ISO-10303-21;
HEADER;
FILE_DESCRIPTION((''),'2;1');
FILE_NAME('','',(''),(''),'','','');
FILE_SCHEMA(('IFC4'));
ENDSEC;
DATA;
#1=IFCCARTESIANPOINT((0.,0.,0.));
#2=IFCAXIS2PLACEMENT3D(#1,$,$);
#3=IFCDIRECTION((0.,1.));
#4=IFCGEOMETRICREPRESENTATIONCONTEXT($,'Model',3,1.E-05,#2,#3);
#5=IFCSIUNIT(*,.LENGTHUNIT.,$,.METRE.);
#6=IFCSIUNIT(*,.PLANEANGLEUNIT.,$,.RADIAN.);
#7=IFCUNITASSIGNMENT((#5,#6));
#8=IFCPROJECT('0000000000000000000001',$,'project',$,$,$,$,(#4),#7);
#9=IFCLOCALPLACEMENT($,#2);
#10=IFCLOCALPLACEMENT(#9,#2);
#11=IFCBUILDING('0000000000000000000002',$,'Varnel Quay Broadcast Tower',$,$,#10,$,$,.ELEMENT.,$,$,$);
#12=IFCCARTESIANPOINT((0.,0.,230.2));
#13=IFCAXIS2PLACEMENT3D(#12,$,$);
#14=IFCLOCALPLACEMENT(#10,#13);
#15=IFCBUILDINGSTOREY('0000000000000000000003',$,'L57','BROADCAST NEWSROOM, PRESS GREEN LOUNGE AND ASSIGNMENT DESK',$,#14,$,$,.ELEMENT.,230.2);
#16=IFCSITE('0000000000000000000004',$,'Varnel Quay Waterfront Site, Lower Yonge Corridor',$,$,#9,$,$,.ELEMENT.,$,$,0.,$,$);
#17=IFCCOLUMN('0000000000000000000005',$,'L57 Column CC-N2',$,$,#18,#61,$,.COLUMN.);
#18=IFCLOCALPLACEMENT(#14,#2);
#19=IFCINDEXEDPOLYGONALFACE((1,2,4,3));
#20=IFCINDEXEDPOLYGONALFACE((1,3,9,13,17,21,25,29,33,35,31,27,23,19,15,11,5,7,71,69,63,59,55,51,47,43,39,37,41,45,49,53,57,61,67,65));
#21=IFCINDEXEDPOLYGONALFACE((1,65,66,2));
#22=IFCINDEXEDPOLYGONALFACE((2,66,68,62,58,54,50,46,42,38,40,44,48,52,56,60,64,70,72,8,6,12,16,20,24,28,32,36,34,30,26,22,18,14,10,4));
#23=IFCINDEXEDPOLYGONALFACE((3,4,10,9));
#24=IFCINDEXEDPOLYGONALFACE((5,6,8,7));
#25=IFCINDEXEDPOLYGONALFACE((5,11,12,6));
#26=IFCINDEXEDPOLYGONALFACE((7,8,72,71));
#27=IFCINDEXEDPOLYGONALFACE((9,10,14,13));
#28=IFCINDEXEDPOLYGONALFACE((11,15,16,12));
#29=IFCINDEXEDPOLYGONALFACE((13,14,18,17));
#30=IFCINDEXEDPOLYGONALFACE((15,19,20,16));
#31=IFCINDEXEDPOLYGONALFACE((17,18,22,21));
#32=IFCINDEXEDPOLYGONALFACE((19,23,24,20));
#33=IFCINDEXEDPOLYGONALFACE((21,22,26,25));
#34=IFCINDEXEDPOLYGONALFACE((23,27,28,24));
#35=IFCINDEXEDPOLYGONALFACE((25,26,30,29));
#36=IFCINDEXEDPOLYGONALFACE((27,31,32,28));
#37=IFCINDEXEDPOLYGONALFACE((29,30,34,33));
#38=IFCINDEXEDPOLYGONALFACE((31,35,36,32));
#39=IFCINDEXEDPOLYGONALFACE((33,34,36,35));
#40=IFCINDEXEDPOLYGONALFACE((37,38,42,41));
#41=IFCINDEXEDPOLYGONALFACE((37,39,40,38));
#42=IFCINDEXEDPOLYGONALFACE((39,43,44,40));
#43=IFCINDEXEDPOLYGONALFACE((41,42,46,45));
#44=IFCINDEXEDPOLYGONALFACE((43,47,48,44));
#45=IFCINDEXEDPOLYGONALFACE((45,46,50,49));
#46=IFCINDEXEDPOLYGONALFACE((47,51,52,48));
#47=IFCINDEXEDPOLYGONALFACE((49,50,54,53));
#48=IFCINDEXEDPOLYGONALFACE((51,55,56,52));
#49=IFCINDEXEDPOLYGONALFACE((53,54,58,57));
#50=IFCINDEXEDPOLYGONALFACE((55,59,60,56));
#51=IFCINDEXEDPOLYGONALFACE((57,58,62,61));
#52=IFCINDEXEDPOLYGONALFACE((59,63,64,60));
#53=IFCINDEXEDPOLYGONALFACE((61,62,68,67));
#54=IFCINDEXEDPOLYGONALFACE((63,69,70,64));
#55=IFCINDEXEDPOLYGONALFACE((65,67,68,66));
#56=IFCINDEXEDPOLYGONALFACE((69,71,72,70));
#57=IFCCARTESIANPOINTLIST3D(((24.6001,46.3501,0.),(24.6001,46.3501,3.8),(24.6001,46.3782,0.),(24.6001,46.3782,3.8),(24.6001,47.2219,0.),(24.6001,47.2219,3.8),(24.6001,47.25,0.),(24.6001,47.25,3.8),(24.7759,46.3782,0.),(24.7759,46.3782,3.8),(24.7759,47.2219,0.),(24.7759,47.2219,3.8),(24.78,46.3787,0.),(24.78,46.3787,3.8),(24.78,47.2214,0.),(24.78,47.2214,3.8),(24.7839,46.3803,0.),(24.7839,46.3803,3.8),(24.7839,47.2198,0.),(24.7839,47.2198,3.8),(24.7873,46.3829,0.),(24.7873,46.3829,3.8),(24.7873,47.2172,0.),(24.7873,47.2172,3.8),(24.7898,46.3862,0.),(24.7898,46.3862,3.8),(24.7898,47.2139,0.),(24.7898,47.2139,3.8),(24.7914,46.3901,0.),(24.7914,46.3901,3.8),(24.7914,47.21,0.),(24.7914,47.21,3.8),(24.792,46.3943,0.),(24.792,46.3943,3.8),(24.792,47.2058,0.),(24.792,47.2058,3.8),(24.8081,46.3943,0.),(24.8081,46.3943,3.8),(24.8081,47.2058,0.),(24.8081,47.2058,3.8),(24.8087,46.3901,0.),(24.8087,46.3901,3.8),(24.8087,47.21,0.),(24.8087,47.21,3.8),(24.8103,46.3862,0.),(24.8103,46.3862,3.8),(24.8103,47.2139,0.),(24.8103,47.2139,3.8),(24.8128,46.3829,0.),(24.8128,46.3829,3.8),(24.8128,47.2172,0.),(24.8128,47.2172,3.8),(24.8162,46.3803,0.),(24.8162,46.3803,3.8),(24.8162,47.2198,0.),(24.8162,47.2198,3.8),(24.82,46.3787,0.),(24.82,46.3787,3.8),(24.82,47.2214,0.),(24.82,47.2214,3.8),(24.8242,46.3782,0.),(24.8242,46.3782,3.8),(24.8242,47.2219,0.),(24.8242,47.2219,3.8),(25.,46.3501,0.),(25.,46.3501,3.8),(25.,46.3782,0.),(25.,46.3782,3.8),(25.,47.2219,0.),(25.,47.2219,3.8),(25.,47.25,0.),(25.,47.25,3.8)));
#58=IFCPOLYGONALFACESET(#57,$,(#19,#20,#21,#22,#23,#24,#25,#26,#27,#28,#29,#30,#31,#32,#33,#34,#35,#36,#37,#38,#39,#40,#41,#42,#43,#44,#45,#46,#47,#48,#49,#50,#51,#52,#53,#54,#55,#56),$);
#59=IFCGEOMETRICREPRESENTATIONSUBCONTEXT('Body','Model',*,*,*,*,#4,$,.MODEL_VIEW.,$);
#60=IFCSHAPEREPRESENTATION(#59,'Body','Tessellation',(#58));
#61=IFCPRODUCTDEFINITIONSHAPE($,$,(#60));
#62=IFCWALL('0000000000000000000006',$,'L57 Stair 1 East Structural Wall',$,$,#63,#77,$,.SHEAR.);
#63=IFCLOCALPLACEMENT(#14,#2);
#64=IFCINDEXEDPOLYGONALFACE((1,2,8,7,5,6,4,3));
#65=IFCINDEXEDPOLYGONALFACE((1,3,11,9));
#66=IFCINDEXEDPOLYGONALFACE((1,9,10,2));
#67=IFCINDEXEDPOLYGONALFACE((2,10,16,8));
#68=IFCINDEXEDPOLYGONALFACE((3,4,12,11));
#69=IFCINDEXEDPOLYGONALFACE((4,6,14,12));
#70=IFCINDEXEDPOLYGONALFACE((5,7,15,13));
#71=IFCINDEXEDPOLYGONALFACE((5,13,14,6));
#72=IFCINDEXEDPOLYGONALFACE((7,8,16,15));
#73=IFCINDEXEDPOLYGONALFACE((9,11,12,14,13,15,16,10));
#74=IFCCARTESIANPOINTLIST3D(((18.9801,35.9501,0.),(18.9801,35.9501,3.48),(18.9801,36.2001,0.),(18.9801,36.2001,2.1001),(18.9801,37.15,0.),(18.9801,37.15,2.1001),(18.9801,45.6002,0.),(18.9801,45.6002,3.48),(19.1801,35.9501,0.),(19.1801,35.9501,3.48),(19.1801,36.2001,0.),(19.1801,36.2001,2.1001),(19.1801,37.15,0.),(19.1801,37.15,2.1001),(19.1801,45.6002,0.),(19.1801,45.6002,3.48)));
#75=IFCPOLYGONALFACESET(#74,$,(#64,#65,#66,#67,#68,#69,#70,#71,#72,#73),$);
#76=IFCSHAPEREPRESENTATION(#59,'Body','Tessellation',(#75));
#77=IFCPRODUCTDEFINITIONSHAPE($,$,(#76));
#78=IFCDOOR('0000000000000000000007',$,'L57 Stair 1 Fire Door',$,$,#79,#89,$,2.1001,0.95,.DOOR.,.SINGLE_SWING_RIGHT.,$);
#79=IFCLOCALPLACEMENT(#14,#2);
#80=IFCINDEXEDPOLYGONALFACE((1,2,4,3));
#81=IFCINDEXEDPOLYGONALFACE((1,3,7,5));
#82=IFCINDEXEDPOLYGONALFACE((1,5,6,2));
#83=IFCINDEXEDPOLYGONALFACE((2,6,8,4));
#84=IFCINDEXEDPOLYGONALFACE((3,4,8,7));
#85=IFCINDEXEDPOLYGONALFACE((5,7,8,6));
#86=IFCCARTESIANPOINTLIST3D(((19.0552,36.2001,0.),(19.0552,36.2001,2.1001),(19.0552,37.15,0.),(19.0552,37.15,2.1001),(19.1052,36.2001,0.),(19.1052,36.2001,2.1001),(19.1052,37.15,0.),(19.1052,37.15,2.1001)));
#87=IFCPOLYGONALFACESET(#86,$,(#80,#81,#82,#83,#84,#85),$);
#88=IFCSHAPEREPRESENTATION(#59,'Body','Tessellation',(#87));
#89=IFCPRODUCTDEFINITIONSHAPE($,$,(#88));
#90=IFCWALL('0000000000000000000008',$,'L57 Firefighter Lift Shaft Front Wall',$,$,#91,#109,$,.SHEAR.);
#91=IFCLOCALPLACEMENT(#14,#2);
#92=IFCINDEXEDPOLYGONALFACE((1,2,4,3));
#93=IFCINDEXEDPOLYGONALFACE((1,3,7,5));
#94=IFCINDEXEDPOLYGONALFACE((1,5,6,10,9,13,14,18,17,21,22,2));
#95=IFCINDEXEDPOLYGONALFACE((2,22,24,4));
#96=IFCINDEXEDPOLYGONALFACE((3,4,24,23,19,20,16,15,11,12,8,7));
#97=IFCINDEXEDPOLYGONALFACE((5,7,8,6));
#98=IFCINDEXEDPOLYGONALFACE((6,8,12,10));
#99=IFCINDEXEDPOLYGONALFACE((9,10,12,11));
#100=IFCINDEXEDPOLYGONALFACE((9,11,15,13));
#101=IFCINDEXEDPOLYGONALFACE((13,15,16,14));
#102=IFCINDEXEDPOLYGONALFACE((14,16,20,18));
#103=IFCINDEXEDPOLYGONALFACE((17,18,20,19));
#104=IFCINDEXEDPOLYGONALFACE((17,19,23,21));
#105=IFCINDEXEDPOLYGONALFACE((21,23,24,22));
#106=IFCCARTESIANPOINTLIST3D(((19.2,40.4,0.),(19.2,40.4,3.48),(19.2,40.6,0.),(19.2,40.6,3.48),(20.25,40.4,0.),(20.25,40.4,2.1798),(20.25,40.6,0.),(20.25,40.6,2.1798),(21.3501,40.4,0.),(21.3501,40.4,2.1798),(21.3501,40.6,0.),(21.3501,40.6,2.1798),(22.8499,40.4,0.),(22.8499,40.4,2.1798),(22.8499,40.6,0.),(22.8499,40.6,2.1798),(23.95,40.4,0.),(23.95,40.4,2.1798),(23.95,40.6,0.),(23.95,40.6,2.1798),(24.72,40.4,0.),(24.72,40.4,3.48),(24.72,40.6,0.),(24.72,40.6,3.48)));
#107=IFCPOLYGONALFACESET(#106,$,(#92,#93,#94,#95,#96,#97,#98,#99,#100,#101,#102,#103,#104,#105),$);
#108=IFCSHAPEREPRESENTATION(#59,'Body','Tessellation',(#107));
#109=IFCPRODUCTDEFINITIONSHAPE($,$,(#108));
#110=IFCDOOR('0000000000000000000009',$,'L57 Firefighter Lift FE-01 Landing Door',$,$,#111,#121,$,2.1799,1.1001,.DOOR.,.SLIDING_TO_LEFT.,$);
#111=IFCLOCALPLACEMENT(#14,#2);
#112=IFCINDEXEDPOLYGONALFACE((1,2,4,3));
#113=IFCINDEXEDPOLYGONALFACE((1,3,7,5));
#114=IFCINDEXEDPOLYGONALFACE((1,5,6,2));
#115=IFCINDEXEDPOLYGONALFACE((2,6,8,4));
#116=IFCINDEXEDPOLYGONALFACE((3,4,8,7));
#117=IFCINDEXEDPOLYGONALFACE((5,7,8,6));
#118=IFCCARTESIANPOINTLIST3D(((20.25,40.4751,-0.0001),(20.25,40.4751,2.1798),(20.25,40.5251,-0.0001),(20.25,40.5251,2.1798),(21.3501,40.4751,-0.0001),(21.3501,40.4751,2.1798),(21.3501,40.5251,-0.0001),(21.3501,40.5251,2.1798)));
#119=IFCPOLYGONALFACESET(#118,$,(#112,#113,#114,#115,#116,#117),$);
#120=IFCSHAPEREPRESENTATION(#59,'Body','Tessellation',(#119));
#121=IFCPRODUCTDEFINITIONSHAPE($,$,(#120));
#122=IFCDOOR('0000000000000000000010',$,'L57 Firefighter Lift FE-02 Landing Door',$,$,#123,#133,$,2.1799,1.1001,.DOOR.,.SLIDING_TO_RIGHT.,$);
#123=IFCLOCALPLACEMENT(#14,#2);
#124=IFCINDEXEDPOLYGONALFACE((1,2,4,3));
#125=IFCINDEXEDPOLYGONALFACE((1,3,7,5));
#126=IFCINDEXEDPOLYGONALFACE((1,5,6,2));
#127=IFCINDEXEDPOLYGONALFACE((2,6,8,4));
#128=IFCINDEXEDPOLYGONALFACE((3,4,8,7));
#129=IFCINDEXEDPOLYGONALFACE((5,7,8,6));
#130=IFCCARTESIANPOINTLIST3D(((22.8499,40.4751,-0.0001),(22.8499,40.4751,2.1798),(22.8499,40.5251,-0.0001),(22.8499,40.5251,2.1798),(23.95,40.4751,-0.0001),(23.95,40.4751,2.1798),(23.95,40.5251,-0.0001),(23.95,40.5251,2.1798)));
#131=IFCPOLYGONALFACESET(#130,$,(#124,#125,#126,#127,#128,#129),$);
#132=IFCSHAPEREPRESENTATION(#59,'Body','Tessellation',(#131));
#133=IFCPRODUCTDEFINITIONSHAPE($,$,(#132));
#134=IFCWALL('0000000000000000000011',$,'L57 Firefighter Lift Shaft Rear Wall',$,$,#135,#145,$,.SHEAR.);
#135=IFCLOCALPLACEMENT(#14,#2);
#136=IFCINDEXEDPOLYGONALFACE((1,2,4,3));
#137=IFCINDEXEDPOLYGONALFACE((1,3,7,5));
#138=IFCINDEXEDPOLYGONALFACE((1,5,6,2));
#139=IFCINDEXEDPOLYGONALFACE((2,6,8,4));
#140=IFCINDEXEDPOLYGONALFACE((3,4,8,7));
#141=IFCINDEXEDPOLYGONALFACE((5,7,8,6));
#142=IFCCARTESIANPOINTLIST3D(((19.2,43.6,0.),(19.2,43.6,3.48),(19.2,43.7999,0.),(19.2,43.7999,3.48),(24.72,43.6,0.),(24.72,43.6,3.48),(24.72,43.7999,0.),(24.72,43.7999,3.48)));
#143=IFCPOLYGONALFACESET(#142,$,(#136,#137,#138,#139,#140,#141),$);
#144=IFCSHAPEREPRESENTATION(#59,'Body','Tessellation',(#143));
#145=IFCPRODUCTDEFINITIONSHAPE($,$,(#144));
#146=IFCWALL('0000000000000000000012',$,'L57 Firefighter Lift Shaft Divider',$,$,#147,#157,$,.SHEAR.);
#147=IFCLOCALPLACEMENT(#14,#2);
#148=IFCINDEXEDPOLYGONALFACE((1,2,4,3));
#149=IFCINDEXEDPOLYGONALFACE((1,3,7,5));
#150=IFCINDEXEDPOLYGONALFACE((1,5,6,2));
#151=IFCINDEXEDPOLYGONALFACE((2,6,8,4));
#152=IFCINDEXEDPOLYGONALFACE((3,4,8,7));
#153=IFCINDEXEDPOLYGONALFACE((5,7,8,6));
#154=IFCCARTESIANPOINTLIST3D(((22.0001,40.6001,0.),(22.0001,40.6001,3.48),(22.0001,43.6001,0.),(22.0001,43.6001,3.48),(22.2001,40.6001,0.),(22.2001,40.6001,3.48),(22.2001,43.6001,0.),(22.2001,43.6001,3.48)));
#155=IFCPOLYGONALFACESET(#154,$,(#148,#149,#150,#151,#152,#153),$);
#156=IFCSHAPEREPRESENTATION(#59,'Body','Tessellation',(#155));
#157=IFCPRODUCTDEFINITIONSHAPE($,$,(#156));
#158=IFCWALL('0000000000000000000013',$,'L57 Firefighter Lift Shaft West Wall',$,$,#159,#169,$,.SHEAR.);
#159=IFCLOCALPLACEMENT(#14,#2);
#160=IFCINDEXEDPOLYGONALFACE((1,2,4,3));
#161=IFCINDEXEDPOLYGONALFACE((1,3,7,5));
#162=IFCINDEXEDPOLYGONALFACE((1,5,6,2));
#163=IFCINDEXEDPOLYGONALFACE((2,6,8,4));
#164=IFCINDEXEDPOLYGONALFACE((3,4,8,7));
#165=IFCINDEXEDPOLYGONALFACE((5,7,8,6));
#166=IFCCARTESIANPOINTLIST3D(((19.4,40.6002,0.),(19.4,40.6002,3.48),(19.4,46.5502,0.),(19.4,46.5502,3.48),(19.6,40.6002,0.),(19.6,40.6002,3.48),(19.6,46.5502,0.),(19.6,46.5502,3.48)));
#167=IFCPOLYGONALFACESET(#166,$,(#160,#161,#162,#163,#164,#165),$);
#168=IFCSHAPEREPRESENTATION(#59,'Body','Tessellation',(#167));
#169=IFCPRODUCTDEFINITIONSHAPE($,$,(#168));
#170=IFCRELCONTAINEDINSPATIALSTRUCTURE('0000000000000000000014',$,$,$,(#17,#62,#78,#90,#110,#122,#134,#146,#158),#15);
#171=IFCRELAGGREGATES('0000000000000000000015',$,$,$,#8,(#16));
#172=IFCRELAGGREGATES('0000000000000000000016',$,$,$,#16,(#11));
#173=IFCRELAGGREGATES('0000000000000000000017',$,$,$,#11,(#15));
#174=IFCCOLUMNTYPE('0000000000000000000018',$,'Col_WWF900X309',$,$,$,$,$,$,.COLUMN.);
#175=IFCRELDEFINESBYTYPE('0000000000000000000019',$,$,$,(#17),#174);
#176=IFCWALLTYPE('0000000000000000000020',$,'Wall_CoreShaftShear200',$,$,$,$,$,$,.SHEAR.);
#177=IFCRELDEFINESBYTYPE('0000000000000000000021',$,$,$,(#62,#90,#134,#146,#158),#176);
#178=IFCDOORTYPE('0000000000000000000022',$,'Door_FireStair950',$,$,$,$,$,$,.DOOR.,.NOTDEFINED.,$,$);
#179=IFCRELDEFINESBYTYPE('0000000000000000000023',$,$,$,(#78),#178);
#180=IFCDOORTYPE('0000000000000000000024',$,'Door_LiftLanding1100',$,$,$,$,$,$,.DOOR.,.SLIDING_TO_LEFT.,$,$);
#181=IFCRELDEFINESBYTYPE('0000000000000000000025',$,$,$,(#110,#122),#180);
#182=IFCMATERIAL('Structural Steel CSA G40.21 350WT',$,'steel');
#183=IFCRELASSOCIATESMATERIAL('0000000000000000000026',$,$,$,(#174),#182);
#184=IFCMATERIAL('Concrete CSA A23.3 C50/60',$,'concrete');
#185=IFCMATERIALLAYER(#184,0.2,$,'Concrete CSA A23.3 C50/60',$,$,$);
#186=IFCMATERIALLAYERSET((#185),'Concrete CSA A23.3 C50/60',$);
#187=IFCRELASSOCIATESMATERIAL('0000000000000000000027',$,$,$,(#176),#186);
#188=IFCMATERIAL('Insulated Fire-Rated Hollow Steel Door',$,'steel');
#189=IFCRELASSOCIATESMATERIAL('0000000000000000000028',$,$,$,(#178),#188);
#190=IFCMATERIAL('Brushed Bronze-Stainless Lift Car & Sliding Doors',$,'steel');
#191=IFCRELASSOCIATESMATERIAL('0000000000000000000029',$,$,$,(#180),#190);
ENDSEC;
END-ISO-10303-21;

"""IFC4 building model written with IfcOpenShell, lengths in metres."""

from ifc_helpers import new_model, si_unit, direction, frame, frame_2d, origin, origin_2d, place, context, subcontext, project, spatial, rectangle, i_section, extrude, source, transform, mapped, material, layer, layer_set, material_profile, profile_set, type_object, type_shapes, element, fill, save


model = new_model("IFC4")

# Units and contexts
model_context = context("Model", 3, precision=1e-05, world=origin(), true_north=direction((0.0, 1.0)))
body_context = subcontext(model_context, "Body", "Model", "MODEL_VIEW")
ifc_project = project(units=[si_unit("LENGTHUNIT", "METRE"), si_unit("PLANEANGLEUNIT", "RADIAN")], contexts=[model_context])

# Site, building, storey
site_placement = place(None, origin())
site = spatial("IfcSite", under=ifc_project, at=site_placement, Name="Varnel Quay Waterfront Site, Lower Yonge Corridor", CompositionType="ELEMENT", RefElevation=0.0)
building_placement = place(site_placement, origin())
building = spatial("IfcBuilding", under=site, at=building_placement, Name="Varnel Quay Broadcast Tower", CompositionType="ELEMENT")
storey_placement = place(building_placement, frame((0.0, 0.0, 230.2)))
storey = spatial("IfcBuildingStorey", under=building, at=storey_placement, Name="L57", Description="BROADCAST NEWSROOM, PRESS GREEN LOUNGE AND ASSIGNMENT DESK", CompositionType="ELEMENT", Elevation=230.2)

# Column
ifc_material_1 = material(Name="Structural Steel CSA G40.21 350WT", Category="steel")
ifc_material_profile = material_profile(ifc_material_1, i_section(OverallWidth=0.3999, OverallDepth=0.8999, WebThickness=0.0161, FlangeThickness=0.0281, FilletRadius=0.0161, at=origin_2d()), Name="WWF900X309")
ifc_profile_set = profile_set([ifc_material_profile], Name="Structural Steel CSA G40.21 350WT")
column_type = type_object("IfcColumnType", Name="Col_WWF900X309", PredefinedType="COLUMN", material=ifc_profile_set)
shared_shape_1 = source(origin(), body_context, "Body", "SweptSolid", [
    extrude(i_section(OverallWidth=0.3999, OverallDepth=0.8999, WebThickness=0.0161, FlangeThickness=0.0281, FilletRadius=0.0161, at=origin_2d()), origin(), (0.0, 0.0, 1.0), 3.8),
])
type_shapes(column_type, [shared_shape_1])
column_placement = place(storey_placement, frame((24.8, 46.8, 0.0), z_axis=(0.0, 0.0, 1.0), x_axis=(1.0, 0.0, 0.0)))
element("IfcColumn", 1, at=column_placement, inside=storey, type_object=column_type, Name="L57 Column CC-N2", PredefinedType="COLUMN", context=body_context, shape_type="MappedRepresentation", body=[
    mapped(shared_shape_1, transform((0.0, 0.0, 0.0), x_axis=(1.0, 0.0, 0.0), y_axis=(0.0, 1.0, 0.0), z_axis=(0.0, 0.0, 1.0), scale=1.0)),
])

# Wall, opening, door
ifc_material_2 = material(Name="Concrete CSA A23.3 C50/60", Category="concrete")
ifc_layer_1 = layer(ifc_material_2, 0.2, Name="Concrete CSA A23.3 C50/60")
ifc_layer_set_1 = layer_set([ifc_layer_1], Name="Concrete CSA A23.3 C50/60")
wall_type_1 = type_object("IfcWallType", Name="Wall_CoreShaftShear200", PredefinedType="SHEAR", material=ifc_layer_set_1)
wall_1_placement = place(storey_placement, frame((19.0801, 35.95, 0.0), z_axis=(0.0, 0.0, 1.0), x_axis=(0.0, 1.0, 0.0)))
wall_1 = element("IfcWall", 2, at=wall_1_placement, inside=storey, type_object=wall_type_1, Name="L57 Stair 1 East Structural Wall", PredefinedType="SHEAR", context=body_context, shape_type="SweptSolid", body=[
    extrude(rectangle(XDim=9.6501, YDim=0.2, at=frame_2d((4.8252, 0.0))), origin(), (0.0, 0.0, 1.0), 3.48),
])
opening_1_placement = place(wall_1_placement, frame((0.25, 0.0, 0.0)))
opening_1 = element("IfcOpeningElement", 3, at=opening_1_placement, cuts=wall_1, PredefinedType="OPENING", context=body_context, shape_type="SweptSolid", body=[
    extrude(rectangle(XDim=0.95, YDim=2.1001, at=frame_2d((0.4751, 1.05))), frame((0.0, 0.1099, 0.0), z_axis=(0.0, -1.0, 0.0), x_axis=(1.0, 0.0, 0.0)), (0.0, 0.0, 1.0), 0.22),
])
ifc_material_3 = material(Name="Insulated Fire-Rated Hollow Steel Door", Category="steel")
door_type_1 = type_object("IfcDoorType", Name="Door_FireStair950", OperationType="NOTDEFINED", PredefinedType="DOOR", material=ifc_material_3)
shared_shape_2 = source(origin(), body_context, "Body", "SweptSolid", [
    extrude(rectangle(XDim=0.95, YDim=2.1001, at=frame_2d((0.4751, 1.05))), frame((0.0, 0.0249, 0.0), z_axis=(0.0, -1.0, 0.0), x_axis=(1.0, 0.0, 0.0)), (0.0, 0.0, 1.0), 0.05),
])
type_shapes(door_type_1, [shared_shape_2])
door_1_placement = place(opening_1_placement, origin())
door_1 = element("IfcDoor", 4, at=door_1_placement, inside=storey, type_object=door_type_1, Name="L57 Stair 1 Fire Door", OperationType="SINGLE_SWING_RIGHT", OverallHeight=2.1001, OverallWidth=0.95, PredefinedType="DOOR", context=body_context, shape_type="MappedRepresentation", body=[
    mapped(shared_shape_2, transform((0.0, 0.0, 0.0), x_axis=(1.0, 0.0, 0.0), y_axis=(0.0, 1.0, 0.0), z_axis=(0.0, 0.0, 1.0), scale=1.0)),
])
fill(opening_1, door_1)

# Wall, openings, doors
wall_2_placement = place(storey_placement, frame((19.2, 40.5, 0.0), z_axis=(0.0, 0.0, 1.0), x_axis=(1.0, 0.0, 0.0)))
wall_2 = element("IfcWall", 5, at=wall_2_placement, inside=storey, type_object=wall_type_1, Name="L57 Firefighter Lift Shaft Front Wall", PredefinedType="SHEAR", context=body_context, shape_type="SweptSolid", body=[
    extrude(rectangle(XDim=5.52, YDim=0.2, at=frame_2d((2.76, 0.0))), origin(), (0.0, 0.0, 1.0), 3.48),
])
opening_2_placement = place(wall_2_placement, frame((1.05, 0.0, 0.0)))
opening_2 = element("IfcOpeningElement", 6, at=opening_2_placement, cuts=wall_2, PredefinedType="OPENING", context=body_context, shape_type="SweptSolid", body=[
    extrude(rectangle(XDim=1.1001, YDim=2.1799, at=frame_2d((0.55, 1.0898))), frame((0.0, 0.1099, 0.0), z_axis=(0.0, -1.0, 0.0), x_axis=(1.0, 0.0, 0.0)), (0.0, 0.0, 1.0), 0.22),
])
opening_3_placement = place(wall_2_placement, frame((3.6499, 0.0, 0.0)))
opening_3 = element("IfcOpeningElement", 7, at=opening_3_placement, cuts=wall_2, PredefinedType="OPENING", context=body_context, shape_type="SweptSolid", body=[
    extrude(rectangle(XDim=1.1001, YDim=2.1799, at=frame_2d((0.55, 1.0898))), frame((0.0, 0.1099, 0.0), z_axis=(0.0, -1.0, 0.0), x_axis=(1.0, 0.0, 0.0)), (0.0, 0.0, 1.0), 0.22),
])
ifc_material_4 = material(Name="Brushed Bronze-Stainless Lift Car & Sliding Doors", Category="steel")
door_type_2 = type_object("IfcDoorType", Name="Door_LiftLanding1100", OperationType="SLIDING_TO_LEFT", PredefinedType="DOOR", material=ifc_material_4)
shared_shape_3 = source(origin(), body_context, "Body", "SweptSolid", [
    extrude(rectangle(XDim=1.1001, YDim=2.1799, at=frame_2d((0.55, 1.0898))), frame((0.0, 0.0249, 0.0), z_axis=(0.0, -1.0, 0.0), x_axis=(1.0, 0.0, 0.0)), (0.0, 0.0, 1.0), 0.05),
])
type_shapes(door_type_2, [shared_shape_3])
door_2_placement = place(opening_2_placement, frame((1.1001, 0.0, 0.0), z_axis=(0.0, 0.0, 1.0), x_axis=(-1.0, 0.0, 0.0)))
door_2 = element("IfcDoor", 8, at=door_2_placement, inside=storey, type_object=door_type_2, Name="L57 Firefighter Lift FE-01 Landing Door", OperationType="SLIDING_TO_LEFT", OverallHeight=2.1799, OverallWidth=1.1001, PredefinedType="DOOR", context=body_context, shape_type="MappedRepresentation", body=[
    mapped(shared_shape_3, transform((0.0, 0.0, 0.0), x_axis=(1.0, 0.0, 0.0), y_axis=(0.0, 1.0, 0.0), z_axis=(0.0, 0.0, 1.0), scale=1.0)),
])
fill(opening_2, door_2)
door_3_placement = place(opening_3_placement, frame((1.1001, 0.0, 0.0), z_axis=(0.0, 0.0, 1.0), x_axis=(-1.0, 0.0, 0.0)))
door_3 = element("IfcDoor", 9, at=door_3_placement, inside=storey, type_object=door_type_2, Name="L57 Firefighter Lift FE-02 Landing Door", OperationType="SLIDING_TO_RIGHT", OverallHeight=2.1799, OverallWidth=1.1001, PredefinedType="DOOR", context=body_context, shape_type="MappedRepresentation", body=[
    mapped(shared_shape_3, transform((0.0, 0.0, 0.0), x_axis=(1.0, 0.0, 0.0), y_axis=(0.0, 1.0, 0.0), z_axis=(0.0, 0.0, 1.0), scale=1.0)),
])
fill(opening_3, door_3)

# Walls
wall_3_placement = place(storey_placement, frame((19.2, 43.7, 0.0), z_axis=(0.0, 0.0, 1.0), x_axis=(1.0, 0.0, 0.0)))
element("IfcWall", 10, at=wall_3_placement, inside=storey, type_object=wall_type_1, Name="L57 Firefighter Lift Shaft Rear Wall", PredefinedType="SHEAR", context=body_context, shape_type="SweptSolid", body=[
    extrude(rectangle(XDim=5.52, YDim=0.2, at=frame_2d((2.76, 0.0))), origin(), (0.0, 0.0, 1.0), 3.48),
])
wall_4_placement = place(storey_placement, frame((22.1001, 40.6001, 0.0), z_axis=(0.0, 0.0, 1.0), x_axis=(0.0, 1.0, 0.0)))
element("IfcWall", 11, at=wall_4_placement, inside=storey, type_object=wall_type_1, Name="L57 Firefighter Lift Shaft Divider", PredefinedType="SHEAR", context=body_context, shape_type="SweptSolid", body=[
    extrude(rectangle(XDim=3.0, YDim=0.2, at=frame_2d((1.5, 0.0))), origin(), (0.0, 0.0, 1.0), 3.48),
])
wall_5_placement = place(storey_placement, frame((19.5, 40.6001, 0.0), z_axis=(0.0, 0.0, 1.0), x_axis=(0.0, 1.0, 0.0)))
element("IfcWall", 12, at=wall_5_placement, inside=storey, type_object=wall_type_1, Name="L57 Firefighter Lift Shaft West Wall", PredefinedType="SHEAR", context=body_context, shape_type="SweptSolid", body=[
    extrude(rectangle(XDim=5.95, YDim=0.2, at=frame_2d((2.9751, 0.0))), origin(), (0.0, 0.0, 1.0), 3.48),
])

save(model, "model.ifc")
